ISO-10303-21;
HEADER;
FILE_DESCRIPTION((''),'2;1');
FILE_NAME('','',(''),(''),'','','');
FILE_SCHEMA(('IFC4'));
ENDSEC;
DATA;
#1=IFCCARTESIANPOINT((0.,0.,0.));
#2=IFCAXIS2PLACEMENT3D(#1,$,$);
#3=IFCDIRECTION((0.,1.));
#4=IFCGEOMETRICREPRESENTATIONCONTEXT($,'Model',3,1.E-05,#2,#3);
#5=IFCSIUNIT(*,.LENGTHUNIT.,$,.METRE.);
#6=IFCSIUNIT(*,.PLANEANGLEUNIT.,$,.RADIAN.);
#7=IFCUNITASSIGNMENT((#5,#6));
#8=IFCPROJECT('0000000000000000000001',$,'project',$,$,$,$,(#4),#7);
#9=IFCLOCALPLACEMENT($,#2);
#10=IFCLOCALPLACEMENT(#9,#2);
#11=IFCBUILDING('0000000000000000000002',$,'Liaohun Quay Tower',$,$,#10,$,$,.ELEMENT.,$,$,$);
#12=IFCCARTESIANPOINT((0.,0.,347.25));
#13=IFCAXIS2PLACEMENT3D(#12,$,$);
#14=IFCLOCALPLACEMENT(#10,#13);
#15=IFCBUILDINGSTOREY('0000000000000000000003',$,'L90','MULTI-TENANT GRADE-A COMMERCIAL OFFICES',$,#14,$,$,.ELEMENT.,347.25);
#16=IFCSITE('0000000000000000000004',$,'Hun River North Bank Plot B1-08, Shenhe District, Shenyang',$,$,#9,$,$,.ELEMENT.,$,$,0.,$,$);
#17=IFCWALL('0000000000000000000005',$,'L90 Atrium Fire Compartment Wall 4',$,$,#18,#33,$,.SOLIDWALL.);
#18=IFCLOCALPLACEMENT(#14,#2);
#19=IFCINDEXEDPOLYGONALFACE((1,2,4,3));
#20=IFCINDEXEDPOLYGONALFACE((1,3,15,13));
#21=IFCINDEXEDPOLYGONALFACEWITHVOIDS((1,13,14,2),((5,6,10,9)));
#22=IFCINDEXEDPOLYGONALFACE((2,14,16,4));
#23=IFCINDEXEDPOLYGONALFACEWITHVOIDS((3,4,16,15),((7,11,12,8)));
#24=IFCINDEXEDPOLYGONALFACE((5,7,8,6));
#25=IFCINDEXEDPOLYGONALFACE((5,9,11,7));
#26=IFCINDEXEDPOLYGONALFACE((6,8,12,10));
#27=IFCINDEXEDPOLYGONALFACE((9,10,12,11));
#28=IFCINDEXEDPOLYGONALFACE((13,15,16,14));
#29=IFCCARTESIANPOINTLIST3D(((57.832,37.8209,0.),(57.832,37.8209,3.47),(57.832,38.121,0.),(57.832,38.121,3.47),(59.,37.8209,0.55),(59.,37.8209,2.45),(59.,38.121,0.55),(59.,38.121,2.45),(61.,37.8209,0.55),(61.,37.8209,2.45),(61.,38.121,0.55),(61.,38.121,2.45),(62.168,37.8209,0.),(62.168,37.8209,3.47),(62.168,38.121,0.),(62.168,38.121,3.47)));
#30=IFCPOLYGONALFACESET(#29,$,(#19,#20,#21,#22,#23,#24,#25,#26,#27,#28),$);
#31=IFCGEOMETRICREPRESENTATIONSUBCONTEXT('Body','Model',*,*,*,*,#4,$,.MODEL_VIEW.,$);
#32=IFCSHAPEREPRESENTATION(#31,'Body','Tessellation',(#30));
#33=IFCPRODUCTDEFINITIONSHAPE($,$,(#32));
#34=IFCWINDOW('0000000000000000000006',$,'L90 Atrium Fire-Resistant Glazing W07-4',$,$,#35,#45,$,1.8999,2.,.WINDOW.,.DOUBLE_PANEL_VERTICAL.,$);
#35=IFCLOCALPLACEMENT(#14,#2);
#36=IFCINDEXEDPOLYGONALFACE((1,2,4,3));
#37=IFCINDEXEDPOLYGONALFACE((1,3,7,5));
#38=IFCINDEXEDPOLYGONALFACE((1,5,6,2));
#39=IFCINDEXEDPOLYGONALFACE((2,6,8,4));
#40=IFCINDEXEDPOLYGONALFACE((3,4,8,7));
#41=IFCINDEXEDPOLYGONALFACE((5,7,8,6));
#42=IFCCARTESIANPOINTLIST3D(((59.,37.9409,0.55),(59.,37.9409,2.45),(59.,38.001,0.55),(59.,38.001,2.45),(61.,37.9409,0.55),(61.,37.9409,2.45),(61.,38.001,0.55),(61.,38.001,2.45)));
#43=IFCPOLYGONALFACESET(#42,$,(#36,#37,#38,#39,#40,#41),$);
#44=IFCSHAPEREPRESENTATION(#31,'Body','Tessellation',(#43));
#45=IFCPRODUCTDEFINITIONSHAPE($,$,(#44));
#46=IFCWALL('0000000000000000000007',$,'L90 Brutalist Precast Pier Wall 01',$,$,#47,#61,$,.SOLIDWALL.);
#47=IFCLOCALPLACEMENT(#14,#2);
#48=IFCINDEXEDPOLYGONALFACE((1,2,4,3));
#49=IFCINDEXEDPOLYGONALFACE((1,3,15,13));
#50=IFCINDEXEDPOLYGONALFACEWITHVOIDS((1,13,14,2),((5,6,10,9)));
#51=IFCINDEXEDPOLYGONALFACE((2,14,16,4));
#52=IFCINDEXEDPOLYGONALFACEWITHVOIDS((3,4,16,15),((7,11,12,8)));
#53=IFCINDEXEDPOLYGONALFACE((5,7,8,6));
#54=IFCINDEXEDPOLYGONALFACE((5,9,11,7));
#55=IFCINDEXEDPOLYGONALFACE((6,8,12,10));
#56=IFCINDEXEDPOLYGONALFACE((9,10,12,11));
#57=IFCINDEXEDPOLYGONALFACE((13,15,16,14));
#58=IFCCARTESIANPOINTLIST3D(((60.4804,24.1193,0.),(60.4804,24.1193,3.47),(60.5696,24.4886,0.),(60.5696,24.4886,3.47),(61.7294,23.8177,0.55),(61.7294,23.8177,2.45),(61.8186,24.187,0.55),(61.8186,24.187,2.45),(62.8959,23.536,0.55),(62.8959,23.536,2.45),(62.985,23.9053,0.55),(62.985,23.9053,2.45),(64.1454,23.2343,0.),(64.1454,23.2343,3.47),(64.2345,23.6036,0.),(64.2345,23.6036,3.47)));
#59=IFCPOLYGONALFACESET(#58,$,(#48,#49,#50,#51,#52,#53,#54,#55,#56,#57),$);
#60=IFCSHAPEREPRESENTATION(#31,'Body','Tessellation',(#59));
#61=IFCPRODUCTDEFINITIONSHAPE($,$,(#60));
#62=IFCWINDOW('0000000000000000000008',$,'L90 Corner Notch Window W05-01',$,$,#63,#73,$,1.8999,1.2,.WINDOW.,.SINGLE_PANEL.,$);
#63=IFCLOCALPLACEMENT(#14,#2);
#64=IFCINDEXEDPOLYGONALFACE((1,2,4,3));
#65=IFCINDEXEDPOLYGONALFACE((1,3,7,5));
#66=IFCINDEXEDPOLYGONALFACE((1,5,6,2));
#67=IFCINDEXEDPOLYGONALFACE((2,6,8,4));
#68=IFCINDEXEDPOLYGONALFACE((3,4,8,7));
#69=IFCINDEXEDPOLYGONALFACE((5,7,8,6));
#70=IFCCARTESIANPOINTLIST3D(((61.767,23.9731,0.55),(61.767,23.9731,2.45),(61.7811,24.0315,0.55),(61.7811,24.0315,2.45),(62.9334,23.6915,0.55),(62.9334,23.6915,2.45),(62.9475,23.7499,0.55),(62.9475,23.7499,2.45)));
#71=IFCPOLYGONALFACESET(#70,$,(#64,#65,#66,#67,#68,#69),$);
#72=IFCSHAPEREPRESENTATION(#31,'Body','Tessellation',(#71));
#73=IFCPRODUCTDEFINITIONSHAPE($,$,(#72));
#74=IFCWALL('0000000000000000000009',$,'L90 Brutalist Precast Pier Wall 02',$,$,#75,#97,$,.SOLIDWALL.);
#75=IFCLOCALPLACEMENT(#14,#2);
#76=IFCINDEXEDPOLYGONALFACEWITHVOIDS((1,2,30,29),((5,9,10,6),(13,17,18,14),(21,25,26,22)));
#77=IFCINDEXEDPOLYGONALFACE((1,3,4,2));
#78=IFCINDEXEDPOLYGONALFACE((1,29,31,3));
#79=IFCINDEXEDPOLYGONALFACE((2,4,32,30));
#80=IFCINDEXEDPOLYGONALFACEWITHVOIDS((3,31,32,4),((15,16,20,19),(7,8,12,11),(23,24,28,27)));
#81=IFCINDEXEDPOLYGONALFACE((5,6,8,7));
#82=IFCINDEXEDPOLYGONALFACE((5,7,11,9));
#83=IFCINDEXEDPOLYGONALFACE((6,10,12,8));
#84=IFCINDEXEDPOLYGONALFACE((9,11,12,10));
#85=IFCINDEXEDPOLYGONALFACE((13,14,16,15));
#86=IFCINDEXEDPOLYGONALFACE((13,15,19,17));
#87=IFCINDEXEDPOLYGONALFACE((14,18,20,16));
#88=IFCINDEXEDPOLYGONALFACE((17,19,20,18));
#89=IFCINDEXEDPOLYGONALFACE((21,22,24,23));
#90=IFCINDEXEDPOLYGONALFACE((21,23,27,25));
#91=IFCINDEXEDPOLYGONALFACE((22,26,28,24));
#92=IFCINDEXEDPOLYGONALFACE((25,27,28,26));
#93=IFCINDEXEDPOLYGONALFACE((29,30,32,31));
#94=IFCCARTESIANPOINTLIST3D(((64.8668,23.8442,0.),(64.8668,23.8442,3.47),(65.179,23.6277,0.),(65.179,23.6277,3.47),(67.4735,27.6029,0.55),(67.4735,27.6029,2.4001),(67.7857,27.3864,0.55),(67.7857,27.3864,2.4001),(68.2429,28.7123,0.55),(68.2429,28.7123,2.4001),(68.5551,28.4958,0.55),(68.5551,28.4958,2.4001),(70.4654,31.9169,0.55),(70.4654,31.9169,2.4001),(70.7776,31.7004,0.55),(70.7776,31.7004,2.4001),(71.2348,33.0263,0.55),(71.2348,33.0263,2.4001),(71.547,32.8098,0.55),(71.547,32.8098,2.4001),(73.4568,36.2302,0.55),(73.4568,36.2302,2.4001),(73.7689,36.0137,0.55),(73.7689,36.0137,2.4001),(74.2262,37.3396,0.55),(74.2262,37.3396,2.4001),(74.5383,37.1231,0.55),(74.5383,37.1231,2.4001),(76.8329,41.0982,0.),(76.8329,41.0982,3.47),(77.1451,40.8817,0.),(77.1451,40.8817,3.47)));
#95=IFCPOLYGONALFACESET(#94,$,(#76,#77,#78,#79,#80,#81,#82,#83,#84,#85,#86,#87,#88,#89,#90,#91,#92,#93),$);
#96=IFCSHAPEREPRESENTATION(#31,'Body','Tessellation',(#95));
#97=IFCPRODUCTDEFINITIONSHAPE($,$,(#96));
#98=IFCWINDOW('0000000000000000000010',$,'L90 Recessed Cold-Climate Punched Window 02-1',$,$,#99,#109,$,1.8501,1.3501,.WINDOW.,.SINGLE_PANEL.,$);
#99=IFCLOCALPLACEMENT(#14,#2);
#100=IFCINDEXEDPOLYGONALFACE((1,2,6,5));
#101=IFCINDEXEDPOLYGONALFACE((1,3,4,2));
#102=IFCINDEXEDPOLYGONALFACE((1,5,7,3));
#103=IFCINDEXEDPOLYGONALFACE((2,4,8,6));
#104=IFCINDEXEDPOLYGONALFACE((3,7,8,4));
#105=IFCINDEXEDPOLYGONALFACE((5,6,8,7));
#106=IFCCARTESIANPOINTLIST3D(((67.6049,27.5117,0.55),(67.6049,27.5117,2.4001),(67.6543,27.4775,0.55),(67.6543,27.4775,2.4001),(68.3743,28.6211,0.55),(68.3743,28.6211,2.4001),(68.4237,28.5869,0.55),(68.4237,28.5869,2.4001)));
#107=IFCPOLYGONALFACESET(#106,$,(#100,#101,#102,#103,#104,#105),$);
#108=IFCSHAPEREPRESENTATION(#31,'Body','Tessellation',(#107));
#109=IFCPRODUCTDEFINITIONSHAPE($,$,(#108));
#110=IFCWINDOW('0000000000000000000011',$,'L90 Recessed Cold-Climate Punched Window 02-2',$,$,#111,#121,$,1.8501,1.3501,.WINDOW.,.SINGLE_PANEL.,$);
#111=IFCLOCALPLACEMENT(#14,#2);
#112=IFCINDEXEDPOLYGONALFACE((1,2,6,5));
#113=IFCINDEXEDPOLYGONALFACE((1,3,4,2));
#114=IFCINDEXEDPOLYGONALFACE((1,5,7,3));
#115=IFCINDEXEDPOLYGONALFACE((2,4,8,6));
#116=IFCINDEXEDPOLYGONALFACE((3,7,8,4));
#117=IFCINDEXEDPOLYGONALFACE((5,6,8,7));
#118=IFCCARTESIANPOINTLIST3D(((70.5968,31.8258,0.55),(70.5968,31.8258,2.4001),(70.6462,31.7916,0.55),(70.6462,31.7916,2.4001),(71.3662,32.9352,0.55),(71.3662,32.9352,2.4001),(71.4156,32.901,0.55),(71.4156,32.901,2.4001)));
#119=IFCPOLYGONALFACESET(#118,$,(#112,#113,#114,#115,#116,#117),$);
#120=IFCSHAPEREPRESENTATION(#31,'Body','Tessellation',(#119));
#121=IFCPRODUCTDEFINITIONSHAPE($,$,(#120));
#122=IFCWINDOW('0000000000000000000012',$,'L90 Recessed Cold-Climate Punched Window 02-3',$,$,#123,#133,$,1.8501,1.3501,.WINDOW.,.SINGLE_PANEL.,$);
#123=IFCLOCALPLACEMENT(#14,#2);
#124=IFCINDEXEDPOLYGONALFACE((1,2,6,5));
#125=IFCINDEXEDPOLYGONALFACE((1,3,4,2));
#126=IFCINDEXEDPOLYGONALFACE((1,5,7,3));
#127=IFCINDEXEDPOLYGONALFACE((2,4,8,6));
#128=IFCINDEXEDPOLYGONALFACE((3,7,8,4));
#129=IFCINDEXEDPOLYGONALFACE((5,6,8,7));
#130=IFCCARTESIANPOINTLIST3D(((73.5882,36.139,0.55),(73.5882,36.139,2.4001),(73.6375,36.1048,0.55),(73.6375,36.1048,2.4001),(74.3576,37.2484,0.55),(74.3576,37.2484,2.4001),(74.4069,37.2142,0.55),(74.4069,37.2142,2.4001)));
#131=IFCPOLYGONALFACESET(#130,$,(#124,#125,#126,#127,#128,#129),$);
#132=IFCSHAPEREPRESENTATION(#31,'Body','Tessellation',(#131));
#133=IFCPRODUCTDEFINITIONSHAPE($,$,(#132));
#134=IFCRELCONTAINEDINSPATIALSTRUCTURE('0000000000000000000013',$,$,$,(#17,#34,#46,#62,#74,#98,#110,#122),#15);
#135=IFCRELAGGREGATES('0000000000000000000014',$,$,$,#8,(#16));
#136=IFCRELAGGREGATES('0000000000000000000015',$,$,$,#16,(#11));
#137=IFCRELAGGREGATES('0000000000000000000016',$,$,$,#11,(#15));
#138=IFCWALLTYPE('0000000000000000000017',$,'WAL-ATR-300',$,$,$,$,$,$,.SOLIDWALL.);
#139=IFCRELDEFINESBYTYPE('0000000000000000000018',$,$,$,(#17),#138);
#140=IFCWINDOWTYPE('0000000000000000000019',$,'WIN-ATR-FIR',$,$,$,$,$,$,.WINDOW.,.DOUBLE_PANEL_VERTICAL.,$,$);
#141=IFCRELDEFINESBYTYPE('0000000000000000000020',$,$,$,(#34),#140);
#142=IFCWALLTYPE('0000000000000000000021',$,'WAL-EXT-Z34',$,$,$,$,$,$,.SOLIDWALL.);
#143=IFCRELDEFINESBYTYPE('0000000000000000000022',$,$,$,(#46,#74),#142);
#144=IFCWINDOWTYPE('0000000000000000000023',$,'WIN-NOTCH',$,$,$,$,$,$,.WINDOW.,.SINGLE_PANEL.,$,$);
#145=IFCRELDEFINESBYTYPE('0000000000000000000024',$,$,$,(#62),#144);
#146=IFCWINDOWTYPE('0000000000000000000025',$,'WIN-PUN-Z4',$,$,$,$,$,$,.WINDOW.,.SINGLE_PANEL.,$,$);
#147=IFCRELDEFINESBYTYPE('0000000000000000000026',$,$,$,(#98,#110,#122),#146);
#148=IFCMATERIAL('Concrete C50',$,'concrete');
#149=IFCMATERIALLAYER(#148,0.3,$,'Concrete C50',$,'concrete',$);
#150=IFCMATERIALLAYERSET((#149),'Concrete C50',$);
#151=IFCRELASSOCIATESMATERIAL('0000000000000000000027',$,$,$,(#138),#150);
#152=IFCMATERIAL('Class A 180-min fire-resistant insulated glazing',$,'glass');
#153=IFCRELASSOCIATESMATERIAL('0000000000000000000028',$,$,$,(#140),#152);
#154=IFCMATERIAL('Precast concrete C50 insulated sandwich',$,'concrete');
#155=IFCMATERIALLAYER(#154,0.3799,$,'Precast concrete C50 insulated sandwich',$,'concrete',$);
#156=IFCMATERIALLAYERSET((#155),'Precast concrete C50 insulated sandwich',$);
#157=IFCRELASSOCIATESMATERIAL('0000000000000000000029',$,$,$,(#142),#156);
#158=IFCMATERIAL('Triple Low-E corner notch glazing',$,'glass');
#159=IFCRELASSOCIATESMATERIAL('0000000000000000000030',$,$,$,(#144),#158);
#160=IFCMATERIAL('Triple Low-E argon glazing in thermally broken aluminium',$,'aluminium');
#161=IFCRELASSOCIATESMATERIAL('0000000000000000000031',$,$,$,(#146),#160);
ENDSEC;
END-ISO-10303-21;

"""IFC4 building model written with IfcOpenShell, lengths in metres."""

from ifc_helpers import new_model, si_unit, direction, frame, frame_2d, origin, place, context, subcontext, project, spatial, rectangle, extrude, source, transform, mapped, material, layer, layer_set, type_object, element, fill, save


model = new_model("IFC4")

# Units and contexts
model_context = context("Model", 3, precision=1e-05, world=origin(), true_north=direction((0.0, 1.0)))
body_context = subcontext(model_context, "Body", "Model", "MODEL_VIEW")
ifc_project = project(units=[si_unit("LENGTHUNIT", "METRE"), si_unit("PLANEANGLEUNIT", "RADIAN")], contexts=[model_context])

# Site, building, storey
site_placement = place(None, origin())
site = spatial("IfcSite", under=ifc_project, at=site_placement, Name="Hun River North Bank Plot B1-08, Shenhe District, Shenyang", CompositionType="ELEMENT", RefElevation=0.0)
building_placement = place(site_placement, origin())
building = spatial("IfcBuilding", under=site, at=building_placement, Name="Liaohun Quay Tower", CompositionType="ELEMENT")
storey_placement = place(building_placement, frame((0.0, 0.0, 347.25)))
storey = spatial("IfcBuildingStorey", under=building, at=storey_placement, Name="L90", Description="MULTI-TENANT GRADE-A COMMERCIAL OFFICES", CompositionType="ELEMENT", Elevation=347.25)

# Shared definitions
ifc_material_1 = material(Name="Concrete C50", Category="concrete")

# Walls, openings, windows
ifc_layer_1 = layer(ifc_material_1, 0.3, Name="Concrete C50", Category="concrete")
ifc_layer_set_1 = layer_set([ifc_layer_1], Name="Concrete C50")
wall_type_1 = type_object("IfcWallType", Name="WAL-ATR-300", PredefinedType="SOLIDWALL", material=ifc_layer_set_1)
shared_shape_1 = source(origin(), body_context, "Body", "SweptSolid", [
    extrude(rectangle(XDim=2.0, YDim=1.8999, at=frame_2d((1.0, 0.95))), frame((0.0, 0.1599, 0.0), z_axis=(0.0, -1.0, 0.0), x_axis=(1.0, 0.0, 0.0)), (0.0, 0.0, 1.0), 0.3201),
])
ifc_material_2 = material(Name="Class A 180-min fire-resistant insulated glazing", Category="glass")
window_type_1 = type_object("IfcWindowType", Name="WIN-ATR-FIR", PartitioningType="DOUBLE_PANEL_VERTICAL", PredefinedType="WINDOW", material=ifc_material_2)
shared_shape_2 = source(origin(), body_context, "Body", "SweptSolid", [
    extrude(rectangle(XDim=2.0, YDim=1.8999, at=frame_2d((1.0, 0.95))), frame((0.0, 0.03, 0.0), z_axis=(0.0, -1.0, 0.0), x_axis=(1.0, 0.0, 0.0)), (0.0, 0.0, 1.0), 0.0601),
])
wall_1_placement = place(storey_placement, frame((62.168, 37.9709, 0.0), z_axis=(0.0, 0.0, 1.0), x_axis=(-1.0, 0.0, 0.0)))
wall_1 = element("IfcWall", 1, at=wall_1_placement, inside=storey, type_object=wall_type_1, Name="L90 Atrium Fire Compartment Wall 4", PredefinedType="SOLIDWALL", context=body_context, shape_type="SweptSolid", body=[
    extrude(rectangle(XDim=4.3359, YDim=0.3, at=frame_2d((2.168, 0.0))), origin(), (0.0, 0.0, 1.0), 3.47),
])
opening_1_placement = place(wall_1_placement, frame((1.168, 0.0, 0.55)))
opening_1 = element("IfcOpeningElement", 2, at=opening_1_placement, cuts=wall_1, PredefinedType="OPENING", context=body_context, shape_type="MappedRepresentation", body=[
    mapped(shared_shape_1, transform((0.0, 0.0, 0.0), x_axis=(1.0, 0.0, 0.0), y_axis=(0.0, 1.0, 0.0), z_axis=(0.0, 0.0, 1.0), scale=1.0)),
])
window_1_placement = place(opening_1_placement, origin())
window_1 = element("IfcWindow", 3, at=window_1_placement, inside=storey, type_object=window_type_1, Name="L90 Atrium Fire-Resistant Glazing W07-4", OverallHeight=1.8999, OverallWidth=2.0, PartitioningType="DOUBLE_PANEL_VERTICAL", PredefinedType="WINDOW", context=body_context, shape_type="MappedRepresentation", body=[
    mapped(shared_shape_2, transform((0.0, 0.0, 0.0), x_axis=(1.0, 0.0, 0.0), y_axis=(0.0, 1.0, 0.0), z_axis=(0.0, 0.0, 1.0), scale=1.0)),
])
fill(opening_1, window_1)
ifc_material_3 = material(Name="Precast concrete C50 insulated sandwich", Category="concrete")
ifc_layer_2 = layer(ifc_material_3, 0.3799, Name="Precast concrete C50 insulated sandwich", Category="concrete")
ifc_layer_set_2 = layer_set([ifc_layer_2], Name="Precast concrete C50 insulated sandwich")
wall_type_2 = type_object("IfcWallType", Name="WAL-EXT-Z34", PredefinedType="SOLIDWALL", material=ifc_layer_set_2)
wall_2_placement = place(storey_placement, frame((60.5249, 24.304, 0.0), z_axis=(0.0, 0.0, 1.0), x_axis=(0.972061, -0.234727, 0.0)))
wall_2 = element("IfcWall", 4, at=wall_2_placement, inside=storey, type_object=wall_type_2, Name="L90 Brutalist Precast Pier Wall 01", PredefinedType="SOLIDWALL", context=body_context, shape_type="SweptSolid", body=[
    extrude(rectangle(XDim=3.7703, YDim=0.3799, at=frame_2d((1.8853, 0.0))), origin(), (0.0, 0.0, 1.0), 3.47),
])
shared_shape_3 = source(origin(), body_context, "Body", "SweptSolid", [
    extrude(rectangle(XDim=1.2, YDim=1.8999, at=frame_2d((0.6001, 0.95))), frame((0.0, 0.2, 0.0), z_axis=(0.0, -1.0, 0.0), x_axis=(1.0, 0.0, 0.0)), (0.0, 0.0, 1.0), 0.3999),
])
opening_2_placement = place(wall_2_placement, frame((1.2849, 0.0, 0.55)))
opening_2 = element("IfcOpeningElement", 5, at=opening_2_placement, cuts=wall_2, PredefinedType="OPENING", context=body_context, shape_type="MappedRepresentation", body=[
    mapped(shared_shape_3, transform((0.0, 0.0, 0.0), x_axis=(1.0, 0.0, 0.0), y_axis=(0.0, 1.0, 0.0), z_axis=(0.0, 0.0, 1.0), scale=1.0)),
])
ifc_material_4 = material(Name="Triple Low-E corner notch glazing", Category="glass")
window_type_2 = type_object("IfcWindowType", Name="WIN-NOTCH", PartitioningType="SINGLE_PANEL", PredefinedType="WINDOW", material=ifc_material_4)
shared_shape_4 = source(origin(), body_context, "Body", "SweptSolid", [
    extrude(rectangle(XDim=1.2, YDim=1.8999, at=frame_2d((0.6001, 0.95))), frame((0.0, 0.03, 0.0), z_axis=(0.0, -1.0, 0.0), x_axis=(1.0, 0.0, 0.0)), (0.0, 0.0, 1.0), 0.0601),
])
window_2_placement = place(opening_2_placement, origin())
window_2 = element("IfcWindow", 6, at=window_2_placement, inside=storey, type_object=window_type_2, Name="L90 Corner Notch Window W05-01", OverallHeight=1.8999, OverallWidth=1.2, PartitioningType="SINGLE_PANEL", PredefinedType="WINDOW", context=body_context, shape_type="MappedRepresentation", body=[
    mapped(shared_shape_4, transform((0.0, 0.0, 0.0), x_axis=(1.0, 0.0, 0.0), y_axis=(0.0, 1.0, 0.0), z_axis=(0.0, 0.0, 1.0), scale=1.0)),
])
fill(opening_2, window_2)

# Wall, openings, windows
wall_3_placement = place(storey_placement, frame((65.0229, 23.7361, 0.0), z_axis=(0.0, 0.0, 1.0), x_axis=(0.569888, 0.821723, 0.0)))
wall_3 = element("IfcWall", 7, at=wall_3_placement, inside=storey, type_object=wall_type_2, Name="L90 Brutalist Precast Pier Wall 02", PredefinedType="SOLIDWALL", context=body_context, shape_type="SweptSolid", body=[
    extrude(rectangle(XDim=20.9973, YDim=0.3799, at=frame_2d((10.4985, 0.0))), origin(), (0.0, 0.0, 1.0), 3.47),
])
shared_shape_5 = source(origin(), body_context, "Body", "SweptSolid", [
    extrude(rectangle(XDim=1.3501, YDim=1.8501, at=frame_2d((0.675, 0.925))), frame((0.0, 0.2, 0.0), z_axis=(0.0, -1.0, 0.0), x_axis=(1.0, 0.0, 0.0)), (0.0, 0.0, 1.0), 0.3999),
])
opening_3_placement = place(wall_3_placement, frame((4.574, 0.0, 0.55)))
opening_3 = element("IfcOpeningElement", 8, at=opening_3_placement, cuts=wall_3, PredefinedType="OPENING", context=body_context, shape_type="MappedRepresentation", body=[
    mapped(shared_shape_5, transform((0.0, 0.0, 0.0), x_axis=(1.0, 0.0, 0.0), y_axis=(0.0, 1.0, 0.0), z_axis=(0.0, 0.0, 1.0), scale=1.0)),
])
opening_4_placement = place(wall_3_placement, frame((9.824, 0.0, 0.55)))
opening_4 = element("IfcOpeningElement", 9, at=opening_4_placement, cuts=wall_3, PredefinedType="OPENING", context=body_context, shape_type="MappedRepresentation", body=[
    mapped(shared_shape_5, transform((0.0, 0.0, 0.0), x_axis=(1.0, 0.0, 0.0), y_axis=(0.0, 1.0, 0.0), z_axis=(0.0, 0.0, 1.0), scale=1.0)),
])
opening_5_placement = place(wall_3_placement, frame((15.073, 0.0, 0.55)))
opening_5 = element("IfcOpeningElement", 10, at=opening_5_placement, cuts=wall_3, PredefinedType="OPENING", context=body_context, shape_type="MappedRepresentation", body=[
    mapped(shared_shape_5, transform((0.0, 0.0, 0.0), x_axis=(1.0, 0.0, 0.0), y_axis=(0.0, 1.0, 0.0), z_axis=(0.0, 0.0, 1.0), scale=1.0)),
])
ifc_material_5 = material(Name="Triple Low-E argon glazing in thermally broken aluminium", Category="aluminium")
window_type_3 = type_object("IfcWindowType", Name="WIN-PUN-Z4", PartitioningType="SINGLE_PANEL", PredefinedType="WINDOW", material=ifc_material_5)
shared_shape_6 = source(origin(), body_context, "Body", "SweptSolid", [
    extrude(rectangle(XDim=1.3501, YDim=1.8501, at=frame_2d((0.675, 0.925))), frame((0.0, 0.03, 0.0), z_axis=(0.0, -1.0, 0.0), x_axis=(1.0, 0.0, 0.0)), (0.0, 0.0, 1.0), 0.0601),
])
window_3_placement = place(opening_3_placement, origin())
window_3 = element("IfcWindow", 11, at=window_3_placement, inside=storey, type_object=window_type_3, Name="L90 Recessed Cold-Climate Punched Window 02-1", OverallHeight=1.8501, OverallWidth=1.3501, PartitioningType="SINGLE_PANEL", PredefinedType="WINDOW", context=body_context, shape_type="MappedRepresentation", body=[
    mapped(shared_shape_6, transform((0.0, 0.0, 0.0), x_axis=(1.0, 0.0, 0.0), y_axis=(0.0, 1.0, 0.0), z_axis=(0.0, 0.0, 1.0), scale=1.0)),
])
fill(opening_3, window_3)
window_4_placement = place(opening_4_placement, origin())
window_4 = element("IfcWindow", 12, at=window_4_placement, inside=storey, type_object=window_type_3, Name="L90 Recessed Cold-Climate Punched Window 02-2", OverallHeight=1.8501, OverallWidth=1.3501, PartitioningType="SINGLE_PANEL", PredefinedType="WINDOW", context=body_context, shape_type="MappedRepresentation", body=[
    mapped(shared_shape_6, transform((0.0, 0.0, 0.0), x_axis=(1.0, 0.0, 0.0), y_axis=(0.0, 1.0, 0.0), z_axis=(0.0, 0.0, 1.0), scale=1.0)),
])
fill(opening_4, window_4)
window_5_placement = place(opening_5_placement, origin())
window_5 = element("IfcWindow", 13, at=window_5_placement, inside=storey, type_object=window_type_3, Name="L90 Recessed Cold-Climate Punched Window 02-3", OverallHeight=1.8501, OverallWidth=1.3501, PartitioningType="SINGLE_PANEL", PredefinedType="WINDOW", context=body_context, shape_type="MappedRepresentation", body=[
    mapped(shared_shape_6, transform((0.0, 0.0, 0.0), x_axis=(1.0, 0.0, 0.0), y_axis=(0.0, 1.0, 0.0), z_axis=(0.0, 0.0, 1.0), scale=1.0)),
])
fill(opening_5, window_5)

save(model, "model.ifc")
